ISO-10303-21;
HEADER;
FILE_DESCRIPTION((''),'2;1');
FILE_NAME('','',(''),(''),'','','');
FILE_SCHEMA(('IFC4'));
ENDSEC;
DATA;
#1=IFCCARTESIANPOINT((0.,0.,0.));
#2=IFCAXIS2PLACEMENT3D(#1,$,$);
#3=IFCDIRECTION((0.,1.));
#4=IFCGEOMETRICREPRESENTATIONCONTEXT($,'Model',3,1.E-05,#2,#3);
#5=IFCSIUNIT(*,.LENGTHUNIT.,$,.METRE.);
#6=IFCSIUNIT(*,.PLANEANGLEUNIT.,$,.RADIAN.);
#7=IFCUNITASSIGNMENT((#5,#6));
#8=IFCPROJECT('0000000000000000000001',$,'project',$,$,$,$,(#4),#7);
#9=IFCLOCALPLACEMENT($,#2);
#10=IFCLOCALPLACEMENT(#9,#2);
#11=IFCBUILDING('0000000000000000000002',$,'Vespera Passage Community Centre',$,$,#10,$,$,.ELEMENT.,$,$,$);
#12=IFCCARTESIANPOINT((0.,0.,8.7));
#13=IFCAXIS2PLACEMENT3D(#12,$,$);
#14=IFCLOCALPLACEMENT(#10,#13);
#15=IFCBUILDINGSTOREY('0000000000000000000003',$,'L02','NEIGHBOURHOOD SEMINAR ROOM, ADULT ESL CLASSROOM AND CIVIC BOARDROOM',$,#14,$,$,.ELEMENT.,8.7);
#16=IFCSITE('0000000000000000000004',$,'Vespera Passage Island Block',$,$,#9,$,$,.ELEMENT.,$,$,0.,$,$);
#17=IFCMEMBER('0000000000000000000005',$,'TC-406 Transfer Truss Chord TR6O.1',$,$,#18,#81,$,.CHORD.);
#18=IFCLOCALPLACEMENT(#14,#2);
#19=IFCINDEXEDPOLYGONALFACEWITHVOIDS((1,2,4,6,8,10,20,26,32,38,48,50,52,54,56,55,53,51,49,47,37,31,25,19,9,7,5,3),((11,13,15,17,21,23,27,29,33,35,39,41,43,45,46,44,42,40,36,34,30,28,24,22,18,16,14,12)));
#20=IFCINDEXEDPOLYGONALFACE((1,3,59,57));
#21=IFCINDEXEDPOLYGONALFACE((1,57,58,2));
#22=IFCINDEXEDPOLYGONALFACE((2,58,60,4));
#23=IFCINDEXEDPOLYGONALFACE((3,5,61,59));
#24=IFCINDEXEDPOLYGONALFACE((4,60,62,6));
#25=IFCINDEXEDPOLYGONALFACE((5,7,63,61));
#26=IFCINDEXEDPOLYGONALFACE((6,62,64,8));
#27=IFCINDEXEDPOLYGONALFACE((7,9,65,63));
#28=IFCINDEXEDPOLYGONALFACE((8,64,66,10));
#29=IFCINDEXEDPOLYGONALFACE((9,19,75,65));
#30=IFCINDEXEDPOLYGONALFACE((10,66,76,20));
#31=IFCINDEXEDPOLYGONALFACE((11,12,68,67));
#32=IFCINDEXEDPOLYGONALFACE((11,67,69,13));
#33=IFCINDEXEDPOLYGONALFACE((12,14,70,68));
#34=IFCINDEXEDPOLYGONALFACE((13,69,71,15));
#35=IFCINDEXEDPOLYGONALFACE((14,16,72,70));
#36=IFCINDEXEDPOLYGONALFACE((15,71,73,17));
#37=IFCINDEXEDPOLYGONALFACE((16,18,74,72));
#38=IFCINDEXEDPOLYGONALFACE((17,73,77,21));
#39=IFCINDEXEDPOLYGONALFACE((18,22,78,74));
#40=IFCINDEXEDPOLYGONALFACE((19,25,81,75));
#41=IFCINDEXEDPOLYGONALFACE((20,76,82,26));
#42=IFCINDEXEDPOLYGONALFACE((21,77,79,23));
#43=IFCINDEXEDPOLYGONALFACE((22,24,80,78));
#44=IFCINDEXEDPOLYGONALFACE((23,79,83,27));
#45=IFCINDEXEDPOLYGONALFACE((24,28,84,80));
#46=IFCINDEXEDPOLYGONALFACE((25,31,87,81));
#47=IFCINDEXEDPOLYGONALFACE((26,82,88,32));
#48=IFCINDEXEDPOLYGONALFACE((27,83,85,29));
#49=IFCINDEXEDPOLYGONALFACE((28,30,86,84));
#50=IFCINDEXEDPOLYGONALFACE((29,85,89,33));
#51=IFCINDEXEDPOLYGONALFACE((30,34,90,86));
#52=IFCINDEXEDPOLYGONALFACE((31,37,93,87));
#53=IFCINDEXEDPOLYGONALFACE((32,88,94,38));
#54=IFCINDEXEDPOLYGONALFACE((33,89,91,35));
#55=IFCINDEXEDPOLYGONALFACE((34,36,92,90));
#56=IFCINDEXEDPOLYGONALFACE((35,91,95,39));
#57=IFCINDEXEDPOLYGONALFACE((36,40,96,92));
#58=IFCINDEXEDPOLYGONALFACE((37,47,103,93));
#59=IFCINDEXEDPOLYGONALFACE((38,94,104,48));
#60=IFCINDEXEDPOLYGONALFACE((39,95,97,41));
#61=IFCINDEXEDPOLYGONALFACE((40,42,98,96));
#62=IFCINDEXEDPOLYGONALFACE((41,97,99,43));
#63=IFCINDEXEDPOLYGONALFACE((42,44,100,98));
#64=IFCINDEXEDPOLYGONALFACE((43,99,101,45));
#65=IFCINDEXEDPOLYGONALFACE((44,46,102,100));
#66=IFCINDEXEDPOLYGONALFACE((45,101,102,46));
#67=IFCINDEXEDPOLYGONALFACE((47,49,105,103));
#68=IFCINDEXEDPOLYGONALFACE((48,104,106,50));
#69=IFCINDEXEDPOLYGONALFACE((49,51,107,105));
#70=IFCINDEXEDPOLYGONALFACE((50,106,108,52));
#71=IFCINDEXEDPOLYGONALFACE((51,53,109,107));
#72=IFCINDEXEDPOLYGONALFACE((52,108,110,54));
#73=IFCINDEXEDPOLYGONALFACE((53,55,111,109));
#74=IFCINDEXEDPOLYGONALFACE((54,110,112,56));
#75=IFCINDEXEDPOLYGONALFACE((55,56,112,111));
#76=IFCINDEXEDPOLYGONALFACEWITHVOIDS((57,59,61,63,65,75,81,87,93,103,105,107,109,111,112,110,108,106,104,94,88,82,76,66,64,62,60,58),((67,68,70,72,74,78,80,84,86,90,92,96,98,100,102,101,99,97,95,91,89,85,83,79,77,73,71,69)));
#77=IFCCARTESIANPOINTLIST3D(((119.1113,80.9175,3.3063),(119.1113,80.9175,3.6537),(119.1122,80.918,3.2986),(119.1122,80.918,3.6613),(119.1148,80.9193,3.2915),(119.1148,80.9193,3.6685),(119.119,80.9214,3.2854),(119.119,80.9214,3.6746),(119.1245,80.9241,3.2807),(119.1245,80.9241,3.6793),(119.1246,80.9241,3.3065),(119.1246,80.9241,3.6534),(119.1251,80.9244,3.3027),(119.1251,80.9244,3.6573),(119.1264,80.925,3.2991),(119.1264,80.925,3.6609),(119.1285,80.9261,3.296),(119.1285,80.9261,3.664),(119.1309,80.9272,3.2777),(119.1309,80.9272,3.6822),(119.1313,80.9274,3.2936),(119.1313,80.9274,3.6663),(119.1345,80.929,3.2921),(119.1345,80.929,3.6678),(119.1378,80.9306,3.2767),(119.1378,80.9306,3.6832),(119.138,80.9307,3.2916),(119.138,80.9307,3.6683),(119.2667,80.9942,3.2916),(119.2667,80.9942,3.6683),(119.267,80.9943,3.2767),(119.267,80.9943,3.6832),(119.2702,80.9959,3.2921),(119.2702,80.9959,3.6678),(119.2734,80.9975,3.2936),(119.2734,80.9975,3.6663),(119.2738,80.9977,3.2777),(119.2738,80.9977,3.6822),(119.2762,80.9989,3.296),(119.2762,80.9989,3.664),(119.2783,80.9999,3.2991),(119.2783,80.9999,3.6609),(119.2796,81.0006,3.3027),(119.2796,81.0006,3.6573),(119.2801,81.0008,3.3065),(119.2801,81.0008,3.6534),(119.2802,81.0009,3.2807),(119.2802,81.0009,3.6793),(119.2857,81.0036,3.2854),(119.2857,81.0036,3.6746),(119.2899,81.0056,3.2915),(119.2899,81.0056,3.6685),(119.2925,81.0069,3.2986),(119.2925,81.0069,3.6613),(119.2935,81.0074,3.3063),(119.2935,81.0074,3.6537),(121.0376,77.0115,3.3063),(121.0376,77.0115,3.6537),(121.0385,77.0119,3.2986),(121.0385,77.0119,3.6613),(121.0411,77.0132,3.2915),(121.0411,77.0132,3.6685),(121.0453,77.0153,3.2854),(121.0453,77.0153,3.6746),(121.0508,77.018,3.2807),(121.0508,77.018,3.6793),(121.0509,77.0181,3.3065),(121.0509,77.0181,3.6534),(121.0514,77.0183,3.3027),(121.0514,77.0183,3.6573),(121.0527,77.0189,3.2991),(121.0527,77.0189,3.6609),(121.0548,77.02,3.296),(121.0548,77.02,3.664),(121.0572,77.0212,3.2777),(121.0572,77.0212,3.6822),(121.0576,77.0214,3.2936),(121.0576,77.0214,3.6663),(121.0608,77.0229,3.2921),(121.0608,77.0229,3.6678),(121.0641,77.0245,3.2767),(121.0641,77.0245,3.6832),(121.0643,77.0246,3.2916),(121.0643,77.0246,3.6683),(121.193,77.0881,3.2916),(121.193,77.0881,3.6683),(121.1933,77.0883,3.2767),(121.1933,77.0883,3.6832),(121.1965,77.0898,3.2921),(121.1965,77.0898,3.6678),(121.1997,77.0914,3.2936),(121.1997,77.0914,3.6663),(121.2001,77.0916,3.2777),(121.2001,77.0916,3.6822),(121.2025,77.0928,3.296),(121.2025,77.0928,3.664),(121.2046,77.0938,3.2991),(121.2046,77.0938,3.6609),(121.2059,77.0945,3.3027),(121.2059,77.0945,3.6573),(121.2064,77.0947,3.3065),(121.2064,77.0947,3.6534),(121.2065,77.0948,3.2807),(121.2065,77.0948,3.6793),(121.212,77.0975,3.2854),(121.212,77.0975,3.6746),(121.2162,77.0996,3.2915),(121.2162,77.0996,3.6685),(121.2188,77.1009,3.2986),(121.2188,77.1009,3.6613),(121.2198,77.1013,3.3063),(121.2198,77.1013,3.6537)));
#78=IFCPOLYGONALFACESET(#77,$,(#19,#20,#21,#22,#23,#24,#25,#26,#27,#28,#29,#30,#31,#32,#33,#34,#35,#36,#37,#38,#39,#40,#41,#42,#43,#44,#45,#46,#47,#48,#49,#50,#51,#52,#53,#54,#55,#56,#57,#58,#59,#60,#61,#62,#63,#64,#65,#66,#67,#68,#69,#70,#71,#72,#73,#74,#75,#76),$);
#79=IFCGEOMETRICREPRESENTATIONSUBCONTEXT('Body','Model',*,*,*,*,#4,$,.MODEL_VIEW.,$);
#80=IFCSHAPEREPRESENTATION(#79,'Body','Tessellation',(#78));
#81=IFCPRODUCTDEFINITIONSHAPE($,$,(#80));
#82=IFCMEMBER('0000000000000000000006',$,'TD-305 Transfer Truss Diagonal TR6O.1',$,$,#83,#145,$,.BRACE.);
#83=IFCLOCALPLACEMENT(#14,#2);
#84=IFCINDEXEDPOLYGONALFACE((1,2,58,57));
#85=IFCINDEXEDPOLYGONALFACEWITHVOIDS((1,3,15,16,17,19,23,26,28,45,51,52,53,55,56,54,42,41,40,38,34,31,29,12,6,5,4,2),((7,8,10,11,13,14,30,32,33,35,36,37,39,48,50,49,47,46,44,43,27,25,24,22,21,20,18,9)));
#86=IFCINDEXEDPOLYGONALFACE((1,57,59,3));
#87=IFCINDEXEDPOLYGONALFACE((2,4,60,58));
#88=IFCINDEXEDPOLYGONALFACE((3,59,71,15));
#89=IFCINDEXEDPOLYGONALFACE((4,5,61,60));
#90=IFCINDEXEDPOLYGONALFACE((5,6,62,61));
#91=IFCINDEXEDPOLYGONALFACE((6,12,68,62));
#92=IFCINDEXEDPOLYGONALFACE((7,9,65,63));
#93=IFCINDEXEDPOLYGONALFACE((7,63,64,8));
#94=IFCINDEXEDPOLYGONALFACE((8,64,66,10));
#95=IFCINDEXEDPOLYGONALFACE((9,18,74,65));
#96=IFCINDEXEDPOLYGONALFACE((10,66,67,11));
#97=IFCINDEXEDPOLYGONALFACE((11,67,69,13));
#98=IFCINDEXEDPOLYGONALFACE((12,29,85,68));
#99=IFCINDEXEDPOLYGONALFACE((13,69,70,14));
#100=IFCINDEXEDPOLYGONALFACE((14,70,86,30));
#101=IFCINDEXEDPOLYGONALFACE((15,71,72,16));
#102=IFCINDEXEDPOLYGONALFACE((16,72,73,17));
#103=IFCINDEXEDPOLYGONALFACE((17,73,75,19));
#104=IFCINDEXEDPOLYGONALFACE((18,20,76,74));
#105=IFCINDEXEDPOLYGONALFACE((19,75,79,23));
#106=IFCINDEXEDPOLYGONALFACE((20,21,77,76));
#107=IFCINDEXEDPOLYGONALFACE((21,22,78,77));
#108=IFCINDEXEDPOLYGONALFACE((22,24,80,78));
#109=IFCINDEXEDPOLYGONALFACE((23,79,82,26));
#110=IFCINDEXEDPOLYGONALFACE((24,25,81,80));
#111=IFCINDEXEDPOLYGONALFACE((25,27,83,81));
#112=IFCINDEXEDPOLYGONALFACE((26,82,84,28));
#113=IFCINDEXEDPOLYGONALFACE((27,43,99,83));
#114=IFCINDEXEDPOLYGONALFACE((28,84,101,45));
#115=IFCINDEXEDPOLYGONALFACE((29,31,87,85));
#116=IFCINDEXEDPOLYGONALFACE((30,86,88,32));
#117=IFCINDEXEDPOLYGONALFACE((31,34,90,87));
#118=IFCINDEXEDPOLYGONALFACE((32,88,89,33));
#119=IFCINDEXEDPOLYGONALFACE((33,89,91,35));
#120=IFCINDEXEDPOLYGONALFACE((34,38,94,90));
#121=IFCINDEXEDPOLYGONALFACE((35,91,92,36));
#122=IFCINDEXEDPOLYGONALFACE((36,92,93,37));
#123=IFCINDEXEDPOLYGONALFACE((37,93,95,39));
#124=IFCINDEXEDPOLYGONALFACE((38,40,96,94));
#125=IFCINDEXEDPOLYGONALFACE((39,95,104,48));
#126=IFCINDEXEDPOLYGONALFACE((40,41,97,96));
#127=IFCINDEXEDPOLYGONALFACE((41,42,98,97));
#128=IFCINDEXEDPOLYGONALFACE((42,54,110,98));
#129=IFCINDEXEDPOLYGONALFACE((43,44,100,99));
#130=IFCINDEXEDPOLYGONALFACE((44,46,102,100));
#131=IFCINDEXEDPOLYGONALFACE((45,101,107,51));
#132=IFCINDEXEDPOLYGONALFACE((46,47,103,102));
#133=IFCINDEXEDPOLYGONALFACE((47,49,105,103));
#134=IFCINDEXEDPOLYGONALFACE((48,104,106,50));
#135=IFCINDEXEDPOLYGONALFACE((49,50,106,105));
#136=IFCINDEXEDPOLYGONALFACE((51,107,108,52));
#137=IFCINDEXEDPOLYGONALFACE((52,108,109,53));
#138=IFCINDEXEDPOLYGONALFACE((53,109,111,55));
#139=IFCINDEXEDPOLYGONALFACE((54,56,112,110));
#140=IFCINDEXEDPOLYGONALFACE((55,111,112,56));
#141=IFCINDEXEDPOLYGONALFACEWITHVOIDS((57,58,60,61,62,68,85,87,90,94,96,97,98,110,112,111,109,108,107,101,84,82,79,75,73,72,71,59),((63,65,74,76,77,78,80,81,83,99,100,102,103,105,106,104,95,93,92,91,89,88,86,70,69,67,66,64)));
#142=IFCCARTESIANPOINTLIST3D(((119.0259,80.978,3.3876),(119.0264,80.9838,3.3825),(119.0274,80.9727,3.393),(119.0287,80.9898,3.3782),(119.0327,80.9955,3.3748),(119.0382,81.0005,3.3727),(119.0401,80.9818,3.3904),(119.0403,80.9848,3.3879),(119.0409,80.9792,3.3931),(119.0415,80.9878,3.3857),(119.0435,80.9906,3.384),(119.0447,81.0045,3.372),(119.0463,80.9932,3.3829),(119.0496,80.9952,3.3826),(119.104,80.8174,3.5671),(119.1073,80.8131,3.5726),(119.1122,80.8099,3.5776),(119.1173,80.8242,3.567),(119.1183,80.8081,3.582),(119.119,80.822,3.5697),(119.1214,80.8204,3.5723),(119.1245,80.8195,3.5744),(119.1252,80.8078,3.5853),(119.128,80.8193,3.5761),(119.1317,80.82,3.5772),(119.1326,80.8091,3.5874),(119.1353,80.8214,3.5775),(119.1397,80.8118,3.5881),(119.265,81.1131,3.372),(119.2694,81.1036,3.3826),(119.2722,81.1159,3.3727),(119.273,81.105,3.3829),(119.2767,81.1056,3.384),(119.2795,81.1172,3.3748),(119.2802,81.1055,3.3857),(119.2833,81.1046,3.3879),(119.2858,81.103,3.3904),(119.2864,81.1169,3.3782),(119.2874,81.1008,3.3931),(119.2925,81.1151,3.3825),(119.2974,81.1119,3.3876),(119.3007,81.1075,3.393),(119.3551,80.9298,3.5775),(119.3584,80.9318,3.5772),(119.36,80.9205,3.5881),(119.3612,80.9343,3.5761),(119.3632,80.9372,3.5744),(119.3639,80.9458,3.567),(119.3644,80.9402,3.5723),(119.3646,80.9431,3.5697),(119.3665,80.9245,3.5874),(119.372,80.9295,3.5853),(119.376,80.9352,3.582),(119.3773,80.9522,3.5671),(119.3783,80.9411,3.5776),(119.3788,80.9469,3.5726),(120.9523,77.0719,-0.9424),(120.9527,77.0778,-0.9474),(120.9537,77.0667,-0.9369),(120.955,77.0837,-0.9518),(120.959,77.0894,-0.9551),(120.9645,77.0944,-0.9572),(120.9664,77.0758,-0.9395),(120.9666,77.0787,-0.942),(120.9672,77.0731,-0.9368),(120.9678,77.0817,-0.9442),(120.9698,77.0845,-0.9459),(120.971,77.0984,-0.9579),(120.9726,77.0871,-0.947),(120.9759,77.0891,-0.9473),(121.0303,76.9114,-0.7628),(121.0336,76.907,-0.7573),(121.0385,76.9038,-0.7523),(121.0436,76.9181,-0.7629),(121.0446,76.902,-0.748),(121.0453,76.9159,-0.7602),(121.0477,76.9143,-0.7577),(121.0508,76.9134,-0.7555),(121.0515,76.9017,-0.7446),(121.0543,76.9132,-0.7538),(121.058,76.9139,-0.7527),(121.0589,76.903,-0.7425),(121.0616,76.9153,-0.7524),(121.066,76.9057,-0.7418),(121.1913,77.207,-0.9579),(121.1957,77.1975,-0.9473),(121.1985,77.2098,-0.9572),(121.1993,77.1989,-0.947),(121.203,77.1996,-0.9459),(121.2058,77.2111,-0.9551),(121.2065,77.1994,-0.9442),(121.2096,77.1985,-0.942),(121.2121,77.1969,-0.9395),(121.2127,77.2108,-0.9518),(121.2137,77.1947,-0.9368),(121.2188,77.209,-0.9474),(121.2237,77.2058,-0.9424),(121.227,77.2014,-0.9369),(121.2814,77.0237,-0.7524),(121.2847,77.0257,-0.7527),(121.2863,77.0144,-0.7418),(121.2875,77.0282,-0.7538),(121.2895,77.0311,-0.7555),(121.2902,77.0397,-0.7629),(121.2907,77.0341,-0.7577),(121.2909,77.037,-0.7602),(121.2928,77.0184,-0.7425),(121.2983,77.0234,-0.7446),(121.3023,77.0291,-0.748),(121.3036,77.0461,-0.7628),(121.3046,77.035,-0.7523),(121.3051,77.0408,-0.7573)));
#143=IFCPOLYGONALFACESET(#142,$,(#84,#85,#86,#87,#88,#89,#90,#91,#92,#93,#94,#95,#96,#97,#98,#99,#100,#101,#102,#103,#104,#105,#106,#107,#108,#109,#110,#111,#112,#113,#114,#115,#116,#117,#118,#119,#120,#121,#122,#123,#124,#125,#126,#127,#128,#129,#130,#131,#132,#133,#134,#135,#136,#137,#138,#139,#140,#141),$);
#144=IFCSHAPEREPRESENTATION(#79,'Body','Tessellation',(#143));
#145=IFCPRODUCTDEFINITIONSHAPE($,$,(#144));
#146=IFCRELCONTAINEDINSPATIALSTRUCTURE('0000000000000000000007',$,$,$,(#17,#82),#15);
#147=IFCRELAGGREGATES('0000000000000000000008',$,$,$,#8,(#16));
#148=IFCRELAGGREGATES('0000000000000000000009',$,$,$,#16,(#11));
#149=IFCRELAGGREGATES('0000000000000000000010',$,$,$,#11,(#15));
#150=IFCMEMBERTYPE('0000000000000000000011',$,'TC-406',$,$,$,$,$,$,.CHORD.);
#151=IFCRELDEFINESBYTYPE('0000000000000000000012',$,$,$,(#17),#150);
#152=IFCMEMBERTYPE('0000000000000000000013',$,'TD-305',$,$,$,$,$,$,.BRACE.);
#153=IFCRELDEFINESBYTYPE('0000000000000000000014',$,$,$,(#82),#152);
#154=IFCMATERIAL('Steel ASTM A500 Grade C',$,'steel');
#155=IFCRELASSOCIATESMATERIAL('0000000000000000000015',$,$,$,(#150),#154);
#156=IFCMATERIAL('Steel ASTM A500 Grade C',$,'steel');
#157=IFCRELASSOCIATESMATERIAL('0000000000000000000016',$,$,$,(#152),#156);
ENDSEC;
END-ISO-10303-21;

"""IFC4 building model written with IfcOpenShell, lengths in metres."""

from ifc_helpers import new_model, si_unit, direction, frame, origin, origin_2d, place, context, subcontext, project, spatial, hollow_rectangle, extrude, material, material_profile, profile_set, type_object, element, save


model = new_model("IFC4")

# Units and contexts
model_context = context("Model", 3, precision=1e-05, world=origin(), true_north=direction((0.0, 1.0)))
body_context = subcontext(model_context, "Body", "Model", "MODEL_VIEW")
ifc_project = project(units=[si_unit("LENGTHUNIT", "METRE"), si_unit("PLANEANGLEUNIT", "RADIAN")], contexts=[model_context])

# Site, building, storey
site_placement = place(None, origin())
site = spatial("IfcSite", under=ifc_project, at=site_placement, Name="Vespera Passage Island Block", CompositionType="ELEMENT", RefElevation=0.0)
building_placement = place(site_placement, origin())
building = spatial("IfcBuilding", under=site, at=building_placement, Name="Vespera Passage Community Centre", CompositionType="ELEMENT")
storey_placement = place(building_placement, frame((0.0, 0.0, 8.7)))
storey = spatial("IfcBuildingStorey", under=building, at=storey_placement, Name="L02", Description="NEIGHBOURHOOD SEMINAR ROOM, ADULT ESL CLASSROOM AND CIVIC BOARDROOM", CompositionType="ELEMENT", Elevation=8.7)

# Members
ifc_material_1 = material(Name="Steel ASTM A500 Grade C", Category="steel")
ifc_material_profile_1 = material_profile(ifc_material_1, hollow_rectangle(XDim=0.2031, YDim=0.4065, WallThickness=0.0149, InnerFilletRadius=0.0149, OuterFilletRadius=0.0295, at=origin_2d()), Name="HSS406X203X15.9")
ifc_profile_set_1 = profile_set([ifc_material_profile_1], Name="Steel ASTM A500 Grade C")
member_type_1 = type_object("IfcMemberType", Name="TC-406", PredefinedType="CHORD", material=ifc_profile_set_1)
member_1_placement = place(storey_placement, frame((121.1287, 77.0564, 3.48), z_axis=(-0.442296, 0.896869, 0.0), x_axis=(-0.896869, -0.442296, 0.0)))
element("IfcMember", 1, at=member_1_placement, inside=storey, type_object=member_type_1, Name="TC-406 Transfer Truss Chord TR6O.1", PredefinedType="CHORD", context=body_context, shape_type="SweptSolid", body=[
    extrude(hollow_rectangle(XDim=0.2031, YDim=0.4065, WallThickness=0.0149, InnerFilletRadius=0.0149, OuterFilletRadius=0.0295, at=origin_2d()), origin(), (0.0, 0.0, 1.0), 4.3552),
])
ifc_material_2 = material(Name="Steel ASTM A500 Grade C", Category="steel")
ifc_material_profile_2 = material_profile(ifc_material_2, hollow_rectangle(XDim=0.3047, YDim=0.3047, WallThickness=0.0149, InnerFilletRadius=0.0149, OuterFilletRadius=0.0295, at=origin_2d()), Name="HSS305X305X15.9")
ifc_profile_set_2 = profile_set([ifc_material_profile_2], Name="Steel ASTM A500 Grade C")
member_type_2 = type_object("IfcMemberType", Name="TD-305", PredefinedType="BRACE", material=ifc_profile_set_2)
member_2_placement = place(storey_placement, frame((121.1287, 77.0564, -0.8499), z_axis=(-0.313661, 0.636029, 0.705042), x_axis=(-0.896869, -0.442296, 0.0)))
element("IfcMember", 2, at=member_2_placement, inside=storey, type_object=member_type_2, Name="TD-305 Transfer Truss Diagonal TR6O.1", PredefinedType="BRACE", context=body_context, shape_type="SweptSolid", body=[
    extrude(hollow_rectangle(XDim=0.3047, YDim=0.3047, WallThickness=0.0149, InnerFilletRadius=0.0149, OuterFilletRadius=0.0295, at=origin_2d()), origin(), (0.0, 0.0, 1.0), 6.1414),
])

save(model, "model.ifc")
